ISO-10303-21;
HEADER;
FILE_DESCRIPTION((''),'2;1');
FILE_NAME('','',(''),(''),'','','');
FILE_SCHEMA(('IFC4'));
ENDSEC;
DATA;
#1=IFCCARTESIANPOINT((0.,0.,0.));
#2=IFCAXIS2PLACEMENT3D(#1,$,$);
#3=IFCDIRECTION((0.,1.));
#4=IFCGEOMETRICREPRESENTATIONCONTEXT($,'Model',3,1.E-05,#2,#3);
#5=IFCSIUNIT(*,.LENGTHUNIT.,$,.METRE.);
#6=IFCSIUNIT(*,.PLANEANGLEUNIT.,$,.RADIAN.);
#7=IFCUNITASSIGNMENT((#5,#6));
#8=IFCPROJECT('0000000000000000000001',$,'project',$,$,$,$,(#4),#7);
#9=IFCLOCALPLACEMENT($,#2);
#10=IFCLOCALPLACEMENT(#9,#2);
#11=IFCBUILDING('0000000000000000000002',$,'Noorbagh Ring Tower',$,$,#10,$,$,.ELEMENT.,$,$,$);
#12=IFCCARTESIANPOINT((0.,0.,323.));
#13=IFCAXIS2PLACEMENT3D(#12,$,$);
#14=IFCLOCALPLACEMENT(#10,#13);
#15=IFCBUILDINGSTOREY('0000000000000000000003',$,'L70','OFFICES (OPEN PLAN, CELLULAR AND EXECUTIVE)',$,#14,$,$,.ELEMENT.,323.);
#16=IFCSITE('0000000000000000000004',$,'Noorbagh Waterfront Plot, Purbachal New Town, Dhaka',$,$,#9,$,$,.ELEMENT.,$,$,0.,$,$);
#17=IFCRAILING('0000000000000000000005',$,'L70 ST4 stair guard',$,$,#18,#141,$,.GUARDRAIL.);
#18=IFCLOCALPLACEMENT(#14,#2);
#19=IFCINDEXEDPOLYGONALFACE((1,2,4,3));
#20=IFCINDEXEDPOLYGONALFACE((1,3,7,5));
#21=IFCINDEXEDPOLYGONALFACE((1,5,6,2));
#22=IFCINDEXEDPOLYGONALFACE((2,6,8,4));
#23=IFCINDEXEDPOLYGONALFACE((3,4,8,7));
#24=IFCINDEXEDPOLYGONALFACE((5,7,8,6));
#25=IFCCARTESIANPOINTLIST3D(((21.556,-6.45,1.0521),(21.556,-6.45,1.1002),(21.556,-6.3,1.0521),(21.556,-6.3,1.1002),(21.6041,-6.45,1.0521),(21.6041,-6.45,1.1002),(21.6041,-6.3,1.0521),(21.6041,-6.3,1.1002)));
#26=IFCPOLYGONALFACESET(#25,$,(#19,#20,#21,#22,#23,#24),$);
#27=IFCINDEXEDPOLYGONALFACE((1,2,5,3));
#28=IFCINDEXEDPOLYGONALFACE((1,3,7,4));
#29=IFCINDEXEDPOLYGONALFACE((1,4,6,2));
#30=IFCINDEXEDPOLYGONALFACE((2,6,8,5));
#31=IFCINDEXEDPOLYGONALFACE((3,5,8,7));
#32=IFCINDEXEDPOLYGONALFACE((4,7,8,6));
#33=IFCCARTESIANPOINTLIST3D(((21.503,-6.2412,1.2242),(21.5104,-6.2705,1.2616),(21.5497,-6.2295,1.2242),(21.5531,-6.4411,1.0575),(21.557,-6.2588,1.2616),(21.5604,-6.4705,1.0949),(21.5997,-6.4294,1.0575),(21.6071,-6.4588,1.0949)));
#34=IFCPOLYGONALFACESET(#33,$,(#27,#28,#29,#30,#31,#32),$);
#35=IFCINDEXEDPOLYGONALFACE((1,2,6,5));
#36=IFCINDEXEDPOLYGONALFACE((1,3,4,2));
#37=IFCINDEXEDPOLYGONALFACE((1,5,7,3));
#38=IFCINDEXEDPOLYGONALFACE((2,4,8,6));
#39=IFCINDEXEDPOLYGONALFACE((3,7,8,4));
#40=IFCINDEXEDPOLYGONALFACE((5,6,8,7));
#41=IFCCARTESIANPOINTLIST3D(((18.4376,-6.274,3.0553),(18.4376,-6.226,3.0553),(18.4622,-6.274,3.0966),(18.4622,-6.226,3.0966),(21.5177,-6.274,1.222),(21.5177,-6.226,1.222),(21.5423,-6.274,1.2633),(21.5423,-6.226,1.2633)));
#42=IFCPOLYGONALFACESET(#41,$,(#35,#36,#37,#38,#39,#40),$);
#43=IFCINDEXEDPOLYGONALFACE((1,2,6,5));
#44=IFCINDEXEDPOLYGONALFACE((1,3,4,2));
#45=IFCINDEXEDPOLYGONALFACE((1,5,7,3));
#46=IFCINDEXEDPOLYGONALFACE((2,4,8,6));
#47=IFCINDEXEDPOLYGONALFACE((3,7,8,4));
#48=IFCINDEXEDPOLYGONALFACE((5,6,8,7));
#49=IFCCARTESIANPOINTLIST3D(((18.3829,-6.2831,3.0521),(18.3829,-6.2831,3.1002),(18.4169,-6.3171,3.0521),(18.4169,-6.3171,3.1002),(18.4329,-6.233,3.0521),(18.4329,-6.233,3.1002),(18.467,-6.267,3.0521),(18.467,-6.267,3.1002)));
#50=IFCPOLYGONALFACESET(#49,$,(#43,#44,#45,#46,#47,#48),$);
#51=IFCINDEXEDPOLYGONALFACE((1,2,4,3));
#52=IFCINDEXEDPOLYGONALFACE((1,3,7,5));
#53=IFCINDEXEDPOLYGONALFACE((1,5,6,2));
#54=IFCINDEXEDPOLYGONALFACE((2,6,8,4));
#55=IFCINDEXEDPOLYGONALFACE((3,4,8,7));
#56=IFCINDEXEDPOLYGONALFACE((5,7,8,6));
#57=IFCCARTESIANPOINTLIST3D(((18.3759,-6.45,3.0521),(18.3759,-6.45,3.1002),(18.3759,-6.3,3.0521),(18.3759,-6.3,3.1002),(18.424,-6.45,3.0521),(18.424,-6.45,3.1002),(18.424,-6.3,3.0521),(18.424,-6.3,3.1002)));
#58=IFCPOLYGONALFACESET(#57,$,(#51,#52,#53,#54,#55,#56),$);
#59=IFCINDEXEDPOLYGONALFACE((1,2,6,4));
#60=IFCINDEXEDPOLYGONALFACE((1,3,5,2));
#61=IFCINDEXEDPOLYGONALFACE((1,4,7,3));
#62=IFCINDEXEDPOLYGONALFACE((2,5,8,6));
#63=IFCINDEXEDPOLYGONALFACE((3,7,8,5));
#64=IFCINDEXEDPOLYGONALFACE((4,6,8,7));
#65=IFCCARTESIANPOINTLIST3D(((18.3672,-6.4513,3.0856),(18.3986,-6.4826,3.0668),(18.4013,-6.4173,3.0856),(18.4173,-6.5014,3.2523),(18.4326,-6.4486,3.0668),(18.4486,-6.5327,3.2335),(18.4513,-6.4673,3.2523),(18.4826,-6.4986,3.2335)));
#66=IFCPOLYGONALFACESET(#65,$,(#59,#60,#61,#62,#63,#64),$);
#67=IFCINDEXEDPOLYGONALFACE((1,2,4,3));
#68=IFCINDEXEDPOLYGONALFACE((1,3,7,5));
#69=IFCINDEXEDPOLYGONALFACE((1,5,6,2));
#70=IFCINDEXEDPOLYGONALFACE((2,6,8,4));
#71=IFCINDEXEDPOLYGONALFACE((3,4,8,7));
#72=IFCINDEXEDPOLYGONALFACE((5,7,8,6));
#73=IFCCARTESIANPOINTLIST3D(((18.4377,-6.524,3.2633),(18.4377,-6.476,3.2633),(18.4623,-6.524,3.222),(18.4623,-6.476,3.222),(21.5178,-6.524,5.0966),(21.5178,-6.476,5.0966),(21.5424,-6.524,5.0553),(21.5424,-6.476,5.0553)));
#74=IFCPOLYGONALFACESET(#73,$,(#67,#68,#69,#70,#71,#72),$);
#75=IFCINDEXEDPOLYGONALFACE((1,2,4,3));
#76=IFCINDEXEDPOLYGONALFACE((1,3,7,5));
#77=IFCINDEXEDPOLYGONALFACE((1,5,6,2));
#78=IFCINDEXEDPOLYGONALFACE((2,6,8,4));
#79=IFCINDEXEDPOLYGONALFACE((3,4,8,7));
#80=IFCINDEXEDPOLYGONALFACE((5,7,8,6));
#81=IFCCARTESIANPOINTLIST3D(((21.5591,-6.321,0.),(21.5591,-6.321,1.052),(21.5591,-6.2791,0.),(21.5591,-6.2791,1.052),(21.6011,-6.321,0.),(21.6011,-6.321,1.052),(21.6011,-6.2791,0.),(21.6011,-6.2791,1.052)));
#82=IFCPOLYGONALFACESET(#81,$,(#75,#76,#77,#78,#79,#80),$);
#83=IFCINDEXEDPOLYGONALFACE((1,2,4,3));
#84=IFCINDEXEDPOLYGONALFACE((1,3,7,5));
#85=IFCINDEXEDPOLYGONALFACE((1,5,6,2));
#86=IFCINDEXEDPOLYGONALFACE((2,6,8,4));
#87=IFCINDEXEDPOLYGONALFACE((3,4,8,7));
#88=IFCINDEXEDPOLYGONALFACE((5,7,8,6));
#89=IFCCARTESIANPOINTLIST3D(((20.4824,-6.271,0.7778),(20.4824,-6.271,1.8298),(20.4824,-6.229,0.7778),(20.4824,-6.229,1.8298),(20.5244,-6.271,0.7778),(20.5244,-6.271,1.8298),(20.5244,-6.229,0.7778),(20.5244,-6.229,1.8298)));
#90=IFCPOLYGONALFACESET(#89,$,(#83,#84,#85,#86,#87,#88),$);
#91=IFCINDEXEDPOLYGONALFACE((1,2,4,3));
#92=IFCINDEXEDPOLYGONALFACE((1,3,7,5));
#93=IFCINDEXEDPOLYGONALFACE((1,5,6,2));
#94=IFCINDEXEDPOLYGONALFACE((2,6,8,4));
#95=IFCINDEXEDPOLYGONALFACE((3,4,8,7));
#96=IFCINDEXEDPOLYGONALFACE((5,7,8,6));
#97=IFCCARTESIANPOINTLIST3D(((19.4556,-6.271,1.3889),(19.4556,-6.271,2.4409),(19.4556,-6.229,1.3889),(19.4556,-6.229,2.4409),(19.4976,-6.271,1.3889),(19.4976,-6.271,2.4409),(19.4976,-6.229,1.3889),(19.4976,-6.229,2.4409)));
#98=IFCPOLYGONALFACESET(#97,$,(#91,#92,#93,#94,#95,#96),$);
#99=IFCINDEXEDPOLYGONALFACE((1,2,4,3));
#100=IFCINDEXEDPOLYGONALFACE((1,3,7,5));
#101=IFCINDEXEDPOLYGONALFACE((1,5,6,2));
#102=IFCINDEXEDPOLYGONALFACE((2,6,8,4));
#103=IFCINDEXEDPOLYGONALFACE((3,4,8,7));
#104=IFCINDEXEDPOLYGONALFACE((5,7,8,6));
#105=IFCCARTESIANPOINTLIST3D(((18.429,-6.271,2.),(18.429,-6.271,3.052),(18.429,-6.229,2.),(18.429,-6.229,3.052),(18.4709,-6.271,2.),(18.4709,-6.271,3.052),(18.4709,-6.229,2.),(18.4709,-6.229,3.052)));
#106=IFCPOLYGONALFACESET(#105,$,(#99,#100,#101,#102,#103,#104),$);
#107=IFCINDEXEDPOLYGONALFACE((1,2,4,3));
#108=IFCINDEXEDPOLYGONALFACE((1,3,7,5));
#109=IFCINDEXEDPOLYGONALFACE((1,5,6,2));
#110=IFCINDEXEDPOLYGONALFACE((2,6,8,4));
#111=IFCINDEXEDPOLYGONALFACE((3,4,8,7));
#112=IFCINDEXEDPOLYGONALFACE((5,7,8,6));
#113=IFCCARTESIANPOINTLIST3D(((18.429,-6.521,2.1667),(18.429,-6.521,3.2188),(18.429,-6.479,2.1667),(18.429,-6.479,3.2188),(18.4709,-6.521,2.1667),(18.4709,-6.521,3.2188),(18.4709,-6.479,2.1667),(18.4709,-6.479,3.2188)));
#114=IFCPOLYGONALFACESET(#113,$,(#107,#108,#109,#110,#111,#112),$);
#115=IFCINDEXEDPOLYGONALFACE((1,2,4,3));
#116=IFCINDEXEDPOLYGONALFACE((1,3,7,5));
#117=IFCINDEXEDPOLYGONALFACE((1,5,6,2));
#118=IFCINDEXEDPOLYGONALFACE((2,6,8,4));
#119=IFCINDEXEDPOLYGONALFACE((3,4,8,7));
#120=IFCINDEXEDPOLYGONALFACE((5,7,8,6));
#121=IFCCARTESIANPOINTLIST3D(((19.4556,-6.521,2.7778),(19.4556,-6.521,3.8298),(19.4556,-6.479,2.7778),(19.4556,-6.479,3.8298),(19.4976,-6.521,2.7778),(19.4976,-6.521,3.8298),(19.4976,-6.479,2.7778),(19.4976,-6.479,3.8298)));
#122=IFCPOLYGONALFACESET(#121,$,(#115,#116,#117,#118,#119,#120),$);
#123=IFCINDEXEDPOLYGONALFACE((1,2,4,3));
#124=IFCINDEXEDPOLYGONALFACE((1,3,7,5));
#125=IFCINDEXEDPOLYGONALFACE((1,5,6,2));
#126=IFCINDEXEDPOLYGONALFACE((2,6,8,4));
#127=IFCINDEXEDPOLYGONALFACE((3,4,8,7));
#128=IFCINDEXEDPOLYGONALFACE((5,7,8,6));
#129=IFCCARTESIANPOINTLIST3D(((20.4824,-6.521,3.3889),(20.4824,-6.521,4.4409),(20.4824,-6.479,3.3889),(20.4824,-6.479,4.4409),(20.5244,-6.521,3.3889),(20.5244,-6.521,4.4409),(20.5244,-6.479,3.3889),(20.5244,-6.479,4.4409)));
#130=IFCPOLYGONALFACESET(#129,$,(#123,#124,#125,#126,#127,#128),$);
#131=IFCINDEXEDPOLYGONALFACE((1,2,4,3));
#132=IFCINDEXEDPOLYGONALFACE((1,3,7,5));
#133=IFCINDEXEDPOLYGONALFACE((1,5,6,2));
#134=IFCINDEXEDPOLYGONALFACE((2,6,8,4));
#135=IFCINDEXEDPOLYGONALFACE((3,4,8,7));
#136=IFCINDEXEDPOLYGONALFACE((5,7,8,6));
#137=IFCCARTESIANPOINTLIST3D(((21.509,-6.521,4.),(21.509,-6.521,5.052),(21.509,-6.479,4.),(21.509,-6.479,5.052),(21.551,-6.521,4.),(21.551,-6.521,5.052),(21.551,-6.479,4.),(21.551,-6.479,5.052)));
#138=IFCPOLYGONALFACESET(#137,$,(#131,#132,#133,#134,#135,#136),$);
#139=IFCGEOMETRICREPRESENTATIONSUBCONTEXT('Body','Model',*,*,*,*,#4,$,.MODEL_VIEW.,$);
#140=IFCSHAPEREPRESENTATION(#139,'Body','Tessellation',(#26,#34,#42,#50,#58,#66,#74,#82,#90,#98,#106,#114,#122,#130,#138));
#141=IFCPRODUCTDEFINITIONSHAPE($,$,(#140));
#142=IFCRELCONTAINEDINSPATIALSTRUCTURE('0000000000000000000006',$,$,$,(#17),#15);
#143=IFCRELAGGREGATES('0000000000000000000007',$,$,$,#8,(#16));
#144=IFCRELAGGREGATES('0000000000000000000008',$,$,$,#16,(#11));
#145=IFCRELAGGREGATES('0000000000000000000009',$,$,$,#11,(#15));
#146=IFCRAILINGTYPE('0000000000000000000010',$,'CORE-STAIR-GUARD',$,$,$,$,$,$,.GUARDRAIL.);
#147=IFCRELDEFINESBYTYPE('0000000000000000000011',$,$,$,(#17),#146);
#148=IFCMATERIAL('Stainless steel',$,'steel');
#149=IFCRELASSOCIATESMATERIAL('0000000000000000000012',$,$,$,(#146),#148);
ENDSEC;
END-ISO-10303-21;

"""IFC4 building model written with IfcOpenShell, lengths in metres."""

from ifc_helpers import new_model, si_unit, direction, frame, origin, origin_2d, place, context, subcontext, project, spatial, rectangle, extrude, material, type_object, element, save


model = new_model("IFC4")

# Units and contexts
model_context = context("Model", 3, precision=1e-05, world=origin(), true_north=direction((0.0, 1.0)))
body_context = subcontext(model_context, "Body", "Model", "MODEL_VIEW")
ifc_project = project(units=[si_unit("LENGTHUNIT", "METRE"), si_unit("PLANEANGLEUNIT", "RADIAN")], contexts=[model_context])

# Site, building, storey
site_placement = place(None, origin())
site = spatial("IfcSite", under=ifc_project, at=site_placement, Name="Noorbagh Waterfront Plot, Purbachal New Town, Dhaka", CompositionType="ELEMENT", RefElevation=0.0)
building_placement = place(site_placement, origin())
building = spatial("IfcBuilding", under=site, at=building_placement, Name="Noorbagh Ring Tower", CompositionType="ELEMENT")
storey_placement = place(building_placement, frame((0.0, 0.0, 323.0)))
storey = spatial("IfcBuildingStorey", under=building, at=storey_placement, Name="L70", Description="OFFICES (OPEN PLAN, CELLULAR AND EXECUTIVE)", CompositionType="ELEMENT", Elevation=323.0)

# Railing
ifc_material_1 = material(Name="Stainless steel", Category="steel")
railing_type_1 = type_object("IfcRailingType", Name="CORE-STAIR-GUARD", PredefinedType="GUARDRAIL", material=ifc_material_1)
railing_1_placement = place(storey_placement, frame((21.5801, -6.3, 0.0)))
element("IfcRailing", 1, at=railing_1_placement, inside=storey, type_object=railing_type_1, Name="L70 ST4 stair guard", PredefinedType="GUARDRAIL", context=body_context, shape_type="SweptSolid", body=[
    extrude(rectangle(XDim=0.0481, YDim=0.0481, at=origin_2d()), frame((0.0, 0.0, 1.0762), z_axis=(0.0, -1.0, 0.0), x_axis=(1.0, 0.0, 0.0)), (0.0, 0.0, 1.0), 0.1499),
    extrude(rectangle(XDim=0.0481, YDim=0.0481, at=origin_2d()), frame((0.0, -0.1499, 1.0762), z_axis=(-0.188776, 0.754182, 0.628946), x_axis=(-0.970073, -0.242814, 0.0)), (0.0, 0.0, 1.0), 0.2651),
    extrude(rectangle(XDim=0.0481, YDim=0.0481, at=origin_2d()), frame((-0.05, 0.05, 1.2427), z_axis=(-0.859309, 0.0, 0.511458), x_axis=(0.0, -1.0, 0.0)), (0.0, 0.0, 1.0), 3.5845),
    extrude(rectangle(XDim=0.0481, YDim=0.0481, at=origin_2d()), frame((-3.1301, 0.05, 3.0762), z_axis=(-0.707107, -0.707107, 0.0), x_axis=(0.707107, -0.707107, 0.0)), (0.0, 0.0, 1.0), 0.0708),
    extrude(rectangle(XDim=0.0481, YDim=0.0481, at=origin_2d()), frame((-3.1802, 0.0, 3.0762), z_axis=(0.0, -1.0, 0.0), x_axis=(1.0, 0.0, 0.0)), (0.0, 0.0, 1.0), 0.1499),
    extrude(rectangle(XDim=0.0481, YDim=0.0481, at=origin_2d()), frame((-3.1802, -0.1499, 3.0762), z_axis=(0.276287, -0.276287, 0.920506), x_axis=(0.707107, 0.707107, 0.0)), (0.0, 0.0, 1.0), 0.1812),
    extrude(rectangle(XDim=0.0481, YDim=0.0481, at=origin_2d()), frame((-3.1301, -0.2, 3.2427), z_axis=(0.859309, 0.0, 0.511458), x_axis=(0.0, 1.0, 0.0)), (0.0, 0.0, 1.0), 3.5845),
    extrude(rectangle(XDim=0.042, YDim=0.042, at=origin_2d()), origin(), (0.0, 0.0, 1.0), 1.052),
    extrude(rectangle(XDim=0.042, YDim=0.042, at=origin_2d()), frame((-1.0767, 0.05, 0.7778)), (0.0, 0.0, 1.0), 1.052),
    extrude(rectangle(XDim=0.042, YDim=0.042, at=origin_2d()), frame((-2.1035, 0.05, 1.3889)), (0.0, 0.0, 1.0), 1.052),
    extrude(rectangle(XDim=0.042, YDim=0.042, at=origin_2d()), frame((-3.1301, 0.05, 2.0)), (0.0, 0.0, 1.0), 1.052),
    extrude(rectangle(XDim=0.042, YDim=0.042, at=origin_2d()), frame((-3.1301, -0.2, 2.1667)), (0.0, 0.0, 1.0), 1.052),
    extrude(rectangle(XDim=0.042, YDim=0.042, at=origin_2d()), frame((-2.1035, -0.2, 2.7778)), (0.0, 0.0, 1.0), 1.052),
    extrude(rectangle(XDim=0.042, YDim=0.042, at=origin_2d()), frame((-1.0767, -0.2, 3.3889)), (0.0, 0.0, 1.0), 1.052),
    extrude(rectangle(XDim=0.042, YDim=0.042, at=origin_2d()), frame((-0.05, -0.2, 4.0)), (0.0, 0.0, 1.0), 1.052),
])

save(model, "model.ifc")
